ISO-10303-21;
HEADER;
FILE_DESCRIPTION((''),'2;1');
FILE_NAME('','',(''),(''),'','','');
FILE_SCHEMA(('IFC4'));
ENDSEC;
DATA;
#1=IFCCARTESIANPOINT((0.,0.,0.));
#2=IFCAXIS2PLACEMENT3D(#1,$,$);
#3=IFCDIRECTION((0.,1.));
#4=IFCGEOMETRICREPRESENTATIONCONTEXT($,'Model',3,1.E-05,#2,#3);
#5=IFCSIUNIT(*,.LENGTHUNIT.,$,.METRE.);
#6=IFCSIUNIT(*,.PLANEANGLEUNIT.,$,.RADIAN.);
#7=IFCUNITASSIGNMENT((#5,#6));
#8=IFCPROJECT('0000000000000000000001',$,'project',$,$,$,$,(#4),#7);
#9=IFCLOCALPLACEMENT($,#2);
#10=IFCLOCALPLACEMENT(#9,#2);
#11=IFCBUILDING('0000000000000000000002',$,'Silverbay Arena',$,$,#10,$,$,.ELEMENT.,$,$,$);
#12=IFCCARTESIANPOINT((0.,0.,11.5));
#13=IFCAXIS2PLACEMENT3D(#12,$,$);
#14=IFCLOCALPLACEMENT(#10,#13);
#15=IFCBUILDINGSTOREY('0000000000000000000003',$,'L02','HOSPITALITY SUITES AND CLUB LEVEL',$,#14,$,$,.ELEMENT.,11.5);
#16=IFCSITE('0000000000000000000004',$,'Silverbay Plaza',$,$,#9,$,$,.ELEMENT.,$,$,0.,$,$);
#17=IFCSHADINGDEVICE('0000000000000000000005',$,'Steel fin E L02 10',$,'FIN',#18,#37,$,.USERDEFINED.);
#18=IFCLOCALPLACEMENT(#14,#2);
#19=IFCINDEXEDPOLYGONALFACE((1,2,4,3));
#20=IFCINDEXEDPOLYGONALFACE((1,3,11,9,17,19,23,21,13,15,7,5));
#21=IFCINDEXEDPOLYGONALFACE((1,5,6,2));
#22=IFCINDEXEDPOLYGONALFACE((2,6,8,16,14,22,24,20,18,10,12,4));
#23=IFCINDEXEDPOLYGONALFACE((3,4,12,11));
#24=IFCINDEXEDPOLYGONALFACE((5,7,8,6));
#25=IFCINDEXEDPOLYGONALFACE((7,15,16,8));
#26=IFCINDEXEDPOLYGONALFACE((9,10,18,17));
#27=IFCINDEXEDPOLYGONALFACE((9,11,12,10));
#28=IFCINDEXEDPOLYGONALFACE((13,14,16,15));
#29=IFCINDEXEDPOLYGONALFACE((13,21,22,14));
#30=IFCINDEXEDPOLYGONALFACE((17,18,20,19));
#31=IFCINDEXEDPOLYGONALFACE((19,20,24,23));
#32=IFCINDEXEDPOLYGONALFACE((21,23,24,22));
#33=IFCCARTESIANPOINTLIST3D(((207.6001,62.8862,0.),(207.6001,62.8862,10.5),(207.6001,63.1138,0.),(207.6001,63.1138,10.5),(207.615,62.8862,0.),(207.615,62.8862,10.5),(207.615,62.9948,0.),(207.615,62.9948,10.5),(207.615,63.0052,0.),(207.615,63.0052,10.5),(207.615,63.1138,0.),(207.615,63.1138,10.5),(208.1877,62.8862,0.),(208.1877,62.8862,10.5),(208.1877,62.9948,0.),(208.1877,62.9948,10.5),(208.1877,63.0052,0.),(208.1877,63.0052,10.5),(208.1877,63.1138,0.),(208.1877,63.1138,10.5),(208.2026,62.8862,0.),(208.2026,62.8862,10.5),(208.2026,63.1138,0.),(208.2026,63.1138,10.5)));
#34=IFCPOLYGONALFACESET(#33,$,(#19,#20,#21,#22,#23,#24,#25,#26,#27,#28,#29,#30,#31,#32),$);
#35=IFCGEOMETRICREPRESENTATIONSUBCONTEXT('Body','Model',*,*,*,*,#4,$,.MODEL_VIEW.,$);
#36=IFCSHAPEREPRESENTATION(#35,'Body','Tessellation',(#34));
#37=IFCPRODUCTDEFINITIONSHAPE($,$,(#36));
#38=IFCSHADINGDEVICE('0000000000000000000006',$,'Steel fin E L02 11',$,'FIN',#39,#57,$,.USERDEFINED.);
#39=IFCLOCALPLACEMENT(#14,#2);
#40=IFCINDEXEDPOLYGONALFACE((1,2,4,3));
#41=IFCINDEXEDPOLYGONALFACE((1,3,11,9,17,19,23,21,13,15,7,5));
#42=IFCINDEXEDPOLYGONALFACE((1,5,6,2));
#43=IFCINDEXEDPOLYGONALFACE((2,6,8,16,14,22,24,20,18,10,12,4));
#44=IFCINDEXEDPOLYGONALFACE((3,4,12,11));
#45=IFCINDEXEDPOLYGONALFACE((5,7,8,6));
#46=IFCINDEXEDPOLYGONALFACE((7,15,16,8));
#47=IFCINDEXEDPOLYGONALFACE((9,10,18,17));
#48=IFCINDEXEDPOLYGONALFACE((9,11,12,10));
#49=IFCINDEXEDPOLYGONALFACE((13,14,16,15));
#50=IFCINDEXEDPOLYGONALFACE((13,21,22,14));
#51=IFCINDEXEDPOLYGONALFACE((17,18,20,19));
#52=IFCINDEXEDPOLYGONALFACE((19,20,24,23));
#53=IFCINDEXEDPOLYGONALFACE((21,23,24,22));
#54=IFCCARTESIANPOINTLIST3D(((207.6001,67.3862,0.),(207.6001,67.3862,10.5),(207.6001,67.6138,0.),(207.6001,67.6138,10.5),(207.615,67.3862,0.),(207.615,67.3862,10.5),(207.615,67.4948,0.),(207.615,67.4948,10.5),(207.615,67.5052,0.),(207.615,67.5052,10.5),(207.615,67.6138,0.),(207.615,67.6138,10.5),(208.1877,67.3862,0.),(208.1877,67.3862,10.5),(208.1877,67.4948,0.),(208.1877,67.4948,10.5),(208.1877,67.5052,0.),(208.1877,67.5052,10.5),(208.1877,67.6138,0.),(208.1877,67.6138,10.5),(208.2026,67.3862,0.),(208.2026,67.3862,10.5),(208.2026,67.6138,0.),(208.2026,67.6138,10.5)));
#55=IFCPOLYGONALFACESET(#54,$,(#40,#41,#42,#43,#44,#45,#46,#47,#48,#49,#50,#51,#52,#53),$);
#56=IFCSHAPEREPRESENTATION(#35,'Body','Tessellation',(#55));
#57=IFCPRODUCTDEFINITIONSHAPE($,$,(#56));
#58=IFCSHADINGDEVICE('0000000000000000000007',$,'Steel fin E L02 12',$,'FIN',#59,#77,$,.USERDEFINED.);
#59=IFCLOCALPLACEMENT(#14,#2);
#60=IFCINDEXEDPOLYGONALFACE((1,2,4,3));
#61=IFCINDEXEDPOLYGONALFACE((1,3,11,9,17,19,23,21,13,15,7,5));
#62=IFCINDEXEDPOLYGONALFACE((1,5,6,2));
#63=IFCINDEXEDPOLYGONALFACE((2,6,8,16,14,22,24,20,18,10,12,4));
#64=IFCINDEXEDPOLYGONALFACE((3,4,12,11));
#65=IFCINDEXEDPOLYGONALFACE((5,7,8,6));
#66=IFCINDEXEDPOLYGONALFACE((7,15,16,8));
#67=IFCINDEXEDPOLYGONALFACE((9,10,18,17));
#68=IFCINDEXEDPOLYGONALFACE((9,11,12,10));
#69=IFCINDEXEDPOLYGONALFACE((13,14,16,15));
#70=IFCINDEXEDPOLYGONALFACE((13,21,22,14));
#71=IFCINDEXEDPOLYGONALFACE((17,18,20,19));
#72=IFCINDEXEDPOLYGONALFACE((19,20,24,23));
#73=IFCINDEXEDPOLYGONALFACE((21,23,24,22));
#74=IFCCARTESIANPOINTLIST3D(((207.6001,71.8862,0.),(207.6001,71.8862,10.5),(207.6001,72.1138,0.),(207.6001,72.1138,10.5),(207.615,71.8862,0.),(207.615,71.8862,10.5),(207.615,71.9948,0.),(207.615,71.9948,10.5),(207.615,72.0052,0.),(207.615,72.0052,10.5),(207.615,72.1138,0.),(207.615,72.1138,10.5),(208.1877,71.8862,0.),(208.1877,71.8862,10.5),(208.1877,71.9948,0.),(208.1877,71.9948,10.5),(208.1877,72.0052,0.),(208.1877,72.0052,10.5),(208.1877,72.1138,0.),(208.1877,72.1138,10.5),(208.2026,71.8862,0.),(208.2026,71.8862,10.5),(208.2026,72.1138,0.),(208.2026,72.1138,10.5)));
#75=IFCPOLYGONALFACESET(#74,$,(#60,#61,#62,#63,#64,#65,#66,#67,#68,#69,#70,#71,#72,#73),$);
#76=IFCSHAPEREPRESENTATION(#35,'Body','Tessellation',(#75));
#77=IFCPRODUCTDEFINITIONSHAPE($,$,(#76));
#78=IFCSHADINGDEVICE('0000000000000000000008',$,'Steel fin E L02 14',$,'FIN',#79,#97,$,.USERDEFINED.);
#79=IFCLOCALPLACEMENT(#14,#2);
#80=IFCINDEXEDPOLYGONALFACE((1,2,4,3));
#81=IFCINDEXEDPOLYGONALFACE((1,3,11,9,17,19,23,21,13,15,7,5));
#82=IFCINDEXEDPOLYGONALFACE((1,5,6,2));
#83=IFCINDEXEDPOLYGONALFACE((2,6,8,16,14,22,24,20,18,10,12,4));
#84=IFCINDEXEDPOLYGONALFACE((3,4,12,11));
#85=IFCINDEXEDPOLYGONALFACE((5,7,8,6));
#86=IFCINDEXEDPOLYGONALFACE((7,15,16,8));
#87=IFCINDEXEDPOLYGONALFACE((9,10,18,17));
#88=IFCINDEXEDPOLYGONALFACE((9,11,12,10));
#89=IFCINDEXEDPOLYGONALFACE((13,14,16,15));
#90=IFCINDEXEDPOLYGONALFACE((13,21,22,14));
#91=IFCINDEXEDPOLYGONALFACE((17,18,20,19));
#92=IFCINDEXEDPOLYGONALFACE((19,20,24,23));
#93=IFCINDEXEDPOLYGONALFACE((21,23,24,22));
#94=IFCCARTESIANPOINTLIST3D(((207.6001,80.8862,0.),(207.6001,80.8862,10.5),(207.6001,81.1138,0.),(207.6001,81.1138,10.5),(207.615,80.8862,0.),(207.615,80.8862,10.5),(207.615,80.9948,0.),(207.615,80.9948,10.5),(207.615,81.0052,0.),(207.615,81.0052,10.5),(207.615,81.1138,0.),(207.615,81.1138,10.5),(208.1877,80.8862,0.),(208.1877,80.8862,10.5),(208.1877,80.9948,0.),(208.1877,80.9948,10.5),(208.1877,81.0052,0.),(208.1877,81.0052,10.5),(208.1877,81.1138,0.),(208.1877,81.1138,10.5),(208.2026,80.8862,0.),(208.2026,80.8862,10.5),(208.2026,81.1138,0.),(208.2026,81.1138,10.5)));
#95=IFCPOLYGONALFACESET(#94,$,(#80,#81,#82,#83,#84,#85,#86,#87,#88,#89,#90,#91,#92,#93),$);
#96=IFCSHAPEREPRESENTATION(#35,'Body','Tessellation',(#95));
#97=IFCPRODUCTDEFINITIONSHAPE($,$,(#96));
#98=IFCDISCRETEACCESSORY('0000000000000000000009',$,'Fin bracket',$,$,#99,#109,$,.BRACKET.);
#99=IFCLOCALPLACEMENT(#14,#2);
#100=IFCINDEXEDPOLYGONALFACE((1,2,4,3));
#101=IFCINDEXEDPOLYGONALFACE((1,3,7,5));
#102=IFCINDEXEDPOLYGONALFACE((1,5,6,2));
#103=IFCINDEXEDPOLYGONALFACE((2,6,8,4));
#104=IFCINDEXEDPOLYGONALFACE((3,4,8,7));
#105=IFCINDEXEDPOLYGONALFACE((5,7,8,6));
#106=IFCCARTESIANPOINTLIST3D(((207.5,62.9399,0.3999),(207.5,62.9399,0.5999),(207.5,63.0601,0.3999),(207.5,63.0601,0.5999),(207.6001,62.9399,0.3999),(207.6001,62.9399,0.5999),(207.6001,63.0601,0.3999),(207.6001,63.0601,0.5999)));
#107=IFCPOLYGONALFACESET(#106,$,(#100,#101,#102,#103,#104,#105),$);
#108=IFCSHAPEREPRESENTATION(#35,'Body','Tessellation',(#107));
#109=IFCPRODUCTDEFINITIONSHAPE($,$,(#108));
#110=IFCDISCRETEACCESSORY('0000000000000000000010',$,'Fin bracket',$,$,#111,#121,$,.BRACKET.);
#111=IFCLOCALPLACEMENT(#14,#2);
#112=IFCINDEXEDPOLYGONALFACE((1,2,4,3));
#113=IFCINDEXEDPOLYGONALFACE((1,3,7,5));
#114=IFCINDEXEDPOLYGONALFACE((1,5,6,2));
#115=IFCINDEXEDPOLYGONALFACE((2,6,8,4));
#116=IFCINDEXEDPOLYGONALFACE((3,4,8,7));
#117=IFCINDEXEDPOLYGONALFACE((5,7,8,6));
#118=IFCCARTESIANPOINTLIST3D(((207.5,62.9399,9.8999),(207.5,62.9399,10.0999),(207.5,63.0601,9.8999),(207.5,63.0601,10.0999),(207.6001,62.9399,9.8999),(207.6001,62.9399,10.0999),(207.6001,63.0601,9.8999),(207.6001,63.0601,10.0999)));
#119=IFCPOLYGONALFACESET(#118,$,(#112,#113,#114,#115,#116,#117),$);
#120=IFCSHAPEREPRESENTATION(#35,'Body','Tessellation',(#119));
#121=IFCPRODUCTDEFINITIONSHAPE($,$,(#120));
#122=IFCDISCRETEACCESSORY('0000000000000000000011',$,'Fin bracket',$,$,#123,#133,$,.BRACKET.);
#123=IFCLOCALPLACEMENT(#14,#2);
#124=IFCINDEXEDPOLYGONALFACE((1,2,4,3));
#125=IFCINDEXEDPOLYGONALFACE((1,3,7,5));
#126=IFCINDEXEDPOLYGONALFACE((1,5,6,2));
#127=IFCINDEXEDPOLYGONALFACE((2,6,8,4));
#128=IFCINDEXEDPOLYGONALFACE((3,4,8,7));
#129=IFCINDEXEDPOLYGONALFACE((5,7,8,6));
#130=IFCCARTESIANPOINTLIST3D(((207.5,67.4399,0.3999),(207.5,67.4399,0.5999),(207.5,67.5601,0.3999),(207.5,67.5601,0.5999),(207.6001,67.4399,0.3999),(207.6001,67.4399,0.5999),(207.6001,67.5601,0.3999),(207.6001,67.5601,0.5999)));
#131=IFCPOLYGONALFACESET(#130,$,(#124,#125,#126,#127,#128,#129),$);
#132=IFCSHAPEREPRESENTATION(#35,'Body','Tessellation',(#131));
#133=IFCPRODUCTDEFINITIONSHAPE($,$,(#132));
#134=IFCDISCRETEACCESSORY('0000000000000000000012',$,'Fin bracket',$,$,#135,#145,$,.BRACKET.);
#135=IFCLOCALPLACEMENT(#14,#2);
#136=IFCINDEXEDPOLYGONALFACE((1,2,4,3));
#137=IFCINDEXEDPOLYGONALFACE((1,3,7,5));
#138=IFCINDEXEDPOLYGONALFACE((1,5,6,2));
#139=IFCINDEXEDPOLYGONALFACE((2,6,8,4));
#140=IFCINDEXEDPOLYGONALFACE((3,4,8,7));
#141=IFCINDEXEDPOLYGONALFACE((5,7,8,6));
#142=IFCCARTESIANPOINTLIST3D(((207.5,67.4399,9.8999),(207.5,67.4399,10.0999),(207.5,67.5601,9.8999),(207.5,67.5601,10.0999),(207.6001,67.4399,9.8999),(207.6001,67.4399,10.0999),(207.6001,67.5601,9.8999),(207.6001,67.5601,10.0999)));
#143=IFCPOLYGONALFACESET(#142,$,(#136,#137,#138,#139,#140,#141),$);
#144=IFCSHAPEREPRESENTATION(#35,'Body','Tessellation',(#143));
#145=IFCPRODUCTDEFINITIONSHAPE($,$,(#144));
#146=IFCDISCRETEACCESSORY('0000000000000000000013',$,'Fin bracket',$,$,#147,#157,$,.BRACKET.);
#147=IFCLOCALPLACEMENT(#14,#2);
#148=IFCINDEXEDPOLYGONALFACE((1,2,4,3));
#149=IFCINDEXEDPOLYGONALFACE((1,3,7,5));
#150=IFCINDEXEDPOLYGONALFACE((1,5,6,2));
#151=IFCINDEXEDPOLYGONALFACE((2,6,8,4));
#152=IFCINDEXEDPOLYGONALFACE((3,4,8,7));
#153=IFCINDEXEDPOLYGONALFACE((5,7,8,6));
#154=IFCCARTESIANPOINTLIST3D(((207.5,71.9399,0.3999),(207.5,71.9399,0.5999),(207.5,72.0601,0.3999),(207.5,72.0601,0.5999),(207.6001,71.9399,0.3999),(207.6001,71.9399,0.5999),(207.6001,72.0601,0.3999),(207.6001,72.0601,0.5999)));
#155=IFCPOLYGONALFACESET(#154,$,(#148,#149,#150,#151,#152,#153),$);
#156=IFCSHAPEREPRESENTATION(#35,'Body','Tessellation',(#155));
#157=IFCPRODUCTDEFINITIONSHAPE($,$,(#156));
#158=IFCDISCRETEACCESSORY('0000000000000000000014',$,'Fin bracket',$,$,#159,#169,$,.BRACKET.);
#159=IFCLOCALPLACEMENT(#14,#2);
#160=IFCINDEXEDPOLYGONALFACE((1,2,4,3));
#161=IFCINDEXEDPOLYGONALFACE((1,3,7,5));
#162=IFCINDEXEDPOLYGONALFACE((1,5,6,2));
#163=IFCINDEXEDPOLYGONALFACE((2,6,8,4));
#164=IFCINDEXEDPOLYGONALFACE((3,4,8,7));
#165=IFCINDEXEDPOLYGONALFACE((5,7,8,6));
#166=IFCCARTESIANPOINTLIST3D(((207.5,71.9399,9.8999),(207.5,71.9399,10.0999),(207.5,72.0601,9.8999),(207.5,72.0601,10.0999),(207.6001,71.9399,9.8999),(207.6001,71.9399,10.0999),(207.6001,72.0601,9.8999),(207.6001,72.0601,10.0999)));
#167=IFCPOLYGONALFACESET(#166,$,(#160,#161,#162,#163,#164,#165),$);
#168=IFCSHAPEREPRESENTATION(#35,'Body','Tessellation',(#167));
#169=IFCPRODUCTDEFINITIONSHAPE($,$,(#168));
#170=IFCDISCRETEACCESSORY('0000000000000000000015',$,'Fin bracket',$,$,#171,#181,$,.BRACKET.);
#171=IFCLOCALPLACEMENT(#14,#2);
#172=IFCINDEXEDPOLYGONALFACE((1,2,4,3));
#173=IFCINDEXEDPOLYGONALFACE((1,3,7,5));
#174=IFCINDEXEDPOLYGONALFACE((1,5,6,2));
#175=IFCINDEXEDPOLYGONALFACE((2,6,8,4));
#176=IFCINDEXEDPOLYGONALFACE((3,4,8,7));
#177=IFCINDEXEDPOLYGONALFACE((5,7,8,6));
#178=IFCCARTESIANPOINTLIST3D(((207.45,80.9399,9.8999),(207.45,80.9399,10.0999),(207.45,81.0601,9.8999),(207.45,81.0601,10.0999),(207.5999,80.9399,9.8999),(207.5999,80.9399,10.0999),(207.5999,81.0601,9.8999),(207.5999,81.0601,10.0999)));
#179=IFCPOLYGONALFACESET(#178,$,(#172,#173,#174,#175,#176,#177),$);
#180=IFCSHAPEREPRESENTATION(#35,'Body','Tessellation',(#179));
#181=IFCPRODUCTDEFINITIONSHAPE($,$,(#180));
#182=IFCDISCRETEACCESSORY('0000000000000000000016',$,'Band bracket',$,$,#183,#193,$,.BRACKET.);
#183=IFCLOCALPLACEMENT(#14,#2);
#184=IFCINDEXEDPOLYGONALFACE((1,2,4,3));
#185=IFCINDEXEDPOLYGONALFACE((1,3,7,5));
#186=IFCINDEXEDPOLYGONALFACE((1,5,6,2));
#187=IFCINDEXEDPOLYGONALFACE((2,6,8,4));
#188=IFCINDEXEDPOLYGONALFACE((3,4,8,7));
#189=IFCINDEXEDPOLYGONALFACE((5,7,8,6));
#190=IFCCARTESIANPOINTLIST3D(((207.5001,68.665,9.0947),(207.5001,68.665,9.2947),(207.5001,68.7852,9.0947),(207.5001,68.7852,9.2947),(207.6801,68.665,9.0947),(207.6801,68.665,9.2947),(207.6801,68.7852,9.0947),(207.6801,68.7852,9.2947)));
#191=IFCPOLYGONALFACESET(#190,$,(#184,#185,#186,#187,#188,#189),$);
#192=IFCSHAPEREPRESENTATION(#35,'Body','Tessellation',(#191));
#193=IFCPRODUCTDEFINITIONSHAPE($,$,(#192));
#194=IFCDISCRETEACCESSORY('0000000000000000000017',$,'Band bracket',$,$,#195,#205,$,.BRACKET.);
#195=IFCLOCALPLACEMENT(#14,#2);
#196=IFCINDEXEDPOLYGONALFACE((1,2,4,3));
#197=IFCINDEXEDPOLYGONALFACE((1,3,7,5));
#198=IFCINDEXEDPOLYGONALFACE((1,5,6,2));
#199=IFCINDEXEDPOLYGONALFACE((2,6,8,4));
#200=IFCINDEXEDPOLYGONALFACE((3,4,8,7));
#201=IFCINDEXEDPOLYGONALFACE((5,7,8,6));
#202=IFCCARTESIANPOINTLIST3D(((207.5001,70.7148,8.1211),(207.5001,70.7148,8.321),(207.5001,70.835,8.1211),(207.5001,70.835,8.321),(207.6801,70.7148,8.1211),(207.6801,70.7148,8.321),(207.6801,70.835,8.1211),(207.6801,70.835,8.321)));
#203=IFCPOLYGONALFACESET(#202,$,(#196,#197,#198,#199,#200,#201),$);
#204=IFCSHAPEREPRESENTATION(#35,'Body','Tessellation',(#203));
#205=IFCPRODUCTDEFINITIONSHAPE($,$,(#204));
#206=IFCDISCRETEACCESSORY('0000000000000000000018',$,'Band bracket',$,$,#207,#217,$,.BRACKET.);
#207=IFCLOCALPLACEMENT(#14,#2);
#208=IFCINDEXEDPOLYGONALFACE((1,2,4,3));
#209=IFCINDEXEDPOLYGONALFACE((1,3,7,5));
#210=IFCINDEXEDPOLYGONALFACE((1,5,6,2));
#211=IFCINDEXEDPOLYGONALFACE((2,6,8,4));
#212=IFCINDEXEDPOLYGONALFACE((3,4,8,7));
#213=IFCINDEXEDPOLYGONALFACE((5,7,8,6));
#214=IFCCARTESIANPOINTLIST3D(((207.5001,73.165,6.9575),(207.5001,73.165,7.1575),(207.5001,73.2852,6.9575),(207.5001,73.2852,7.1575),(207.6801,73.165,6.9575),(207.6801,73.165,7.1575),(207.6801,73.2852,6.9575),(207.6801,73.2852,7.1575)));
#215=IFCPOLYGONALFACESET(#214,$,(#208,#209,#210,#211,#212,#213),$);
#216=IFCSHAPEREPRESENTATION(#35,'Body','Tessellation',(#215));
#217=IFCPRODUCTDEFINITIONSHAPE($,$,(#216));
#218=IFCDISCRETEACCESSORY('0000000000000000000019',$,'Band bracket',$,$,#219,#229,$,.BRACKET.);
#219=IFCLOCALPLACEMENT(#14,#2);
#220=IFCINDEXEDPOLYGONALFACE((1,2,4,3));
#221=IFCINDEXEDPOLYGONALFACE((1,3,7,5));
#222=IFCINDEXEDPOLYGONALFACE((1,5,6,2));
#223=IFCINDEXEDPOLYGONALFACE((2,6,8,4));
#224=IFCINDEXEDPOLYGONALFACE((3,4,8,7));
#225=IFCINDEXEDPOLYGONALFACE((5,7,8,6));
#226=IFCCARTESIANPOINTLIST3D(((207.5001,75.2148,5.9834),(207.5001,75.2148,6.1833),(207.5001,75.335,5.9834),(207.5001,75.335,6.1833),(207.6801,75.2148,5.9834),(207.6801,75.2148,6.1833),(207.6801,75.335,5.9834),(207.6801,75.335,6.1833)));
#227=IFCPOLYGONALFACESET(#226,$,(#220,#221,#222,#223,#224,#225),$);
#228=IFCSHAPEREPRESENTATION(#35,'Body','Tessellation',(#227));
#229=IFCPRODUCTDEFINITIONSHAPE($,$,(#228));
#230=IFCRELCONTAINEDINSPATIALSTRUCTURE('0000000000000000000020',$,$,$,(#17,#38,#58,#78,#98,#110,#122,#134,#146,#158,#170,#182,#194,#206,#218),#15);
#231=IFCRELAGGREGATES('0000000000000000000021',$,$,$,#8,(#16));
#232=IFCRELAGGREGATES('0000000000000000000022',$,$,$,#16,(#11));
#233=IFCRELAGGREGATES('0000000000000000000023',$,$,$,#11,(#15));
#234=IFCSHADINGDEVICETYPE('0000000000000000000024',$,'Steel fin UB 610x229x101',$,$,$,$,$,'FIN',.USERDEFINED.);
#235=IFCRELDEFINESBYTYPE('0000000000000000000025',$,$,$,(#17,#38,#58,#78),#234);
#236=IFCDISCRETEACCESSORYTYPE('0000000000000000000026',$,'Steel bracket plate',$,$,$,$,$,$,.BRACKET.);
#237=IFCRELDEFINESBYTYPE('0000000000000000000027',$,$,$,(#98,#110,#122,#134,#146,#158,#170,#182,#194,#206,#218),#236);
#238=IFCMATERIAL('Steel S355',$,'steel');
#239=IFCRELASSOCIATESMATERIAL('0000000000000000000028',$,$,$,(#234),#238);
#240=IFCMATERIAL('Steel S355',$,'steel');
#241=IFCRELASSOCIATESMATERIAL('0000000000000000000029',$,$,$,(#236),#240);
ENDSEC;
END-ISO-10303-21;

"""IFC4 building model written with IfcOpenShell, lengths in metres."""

from ifc_helpers import new_model, si_unit, direction, frame, origin, origin_2d, place, context, subcontext, project, spatial, rectangle, i_section, extrude, material, material_profile, profile_set, type_object, element, save


model = new_model("IFC4")

# Units and contexts
model_context = context("Model", 3, precision=1e-05, world=origin(), true_north=direction((0.0, 1.0)))
body_context = subcontext(model_context, "Body", "Model", "MODEL_VIEW")
ifc_project = project(units=[si_unit("LENGTHUNIT", "METRE"), si_unit("PLANEANGLEUNIT", "RADIAN")], contexts=[model_context])

# Site, building, storey
site_placement = place(None, origin())
site = spatial("IfcSite", under=ifc_project, at=site_placement, Name="Silverbay Plaza", CompositionType="ELEMENT", RefElevation=0.0)
building_placement = place(site_placement, origin())
building = spatial("IfcBuilding", under=site, at=building_placement, Name="Silverbay Arena", CompositionType="ELEMENT")
storey_placement = place(building_placement, frame((0.0, 0.0, 11.5)))
storey = spatial("IfcBuildingStorey", under=building, at=storey_placement, Name="L02", Description="HOSPITALITY SUITES AND CLUB LEVEL", CompositionType="ELEMENT", Elevation=11.5)

# Shading devices
ifc_material_1 = material(Name="Steel S355", Category="steel")
ifc_material_profile_1 = material_profile(ifc_material_1, i_section(OverallWidth=0.2275, OverallDepth=0.6025, WebThickness=0.0105, FlangeThickness=0.0149, at=origin_2d()), Name="UB 610x229x101")
ifc_profile_set_1 = profile_set([ifc_material_profile_1], Name="Steel S355")
shading_device_type = type_object("IfcShadingDeviceType", Name="Steel fin UB 610x229x101", ElementType="FIN", PredefinedType="USERDEFINED", material=ifc_profile_set_1)
for number, where, z_axis, x_axis, name in (
    (1, (207.9014, 63.0, 0.0), (0.0, 0.0, 1.0), (0.0, 1.0, 0.0), "Steel fin E L02 10"),
    (2, (207.9014, 67.5, 0.0), (0.0, 0.0, 1.0), (0.0, 1.0, 0.0), "Steel fin E L02 11"),
    (3, (207.9014, 72.0, 0.0), (0.0, 0.0, 1.0), (0.0, 1.0, 0.0), "Steel fin E L02 12"),
    (4, (207.9014, 81.0, 0.0), (0.0, 0.0, 1.0), (0.0, 1.0, 0.0), "Steel fin E L02 14"),
):
    element("IfcShadingDevice", number, at=place(storey_placement, frame(where, z_axis=z_axis, x_axis=x_axis)), inside=storey, type_object=shading_device_type, Name=name, ObjectType="FIN", PredefinedType="USERDEFINED", context=body_context, shape_type="SweptSolid", body=[
        extrude(i_section(OverallWidth=0.2275, OverallDepth=0.6025, WebThickness=0.0105, FlangeThickness=0.0149, at=origin_2d()), origin(), (0.0, 0.0, 1.0), 10.5),
    ])

# Discrete accessories
ifc_material_2 = material(Name="Steel S355", Category="steel")
discrete_accessory_type = type_object("IfcDiscreteAccessoryType", Name="Steel bracket plate", PredefinedType="BRACKET", material=ifc_material_2)
for number, where, z_axis, x_axis, name in (
    (5, (207.55, 63.0, 0.3999), (0.0, 0.0, 1.0), (1.0, 0.0, 0.0), "Fin bracket"),
    (6, (207.55, 63.0, 9.8999), (0.0, 0.0, 1.0), (1.0, 0.0, 0.0), "Fin bracket"),
    (7, (207.55, 67.5, 0.3999), (0.0, 0.0, 1.0), (1.0, 0.0, 0.0), "Fin bracket"),
    (8, (207.55, 67.5, 9.8999), (0.0, 0.0, 1.0), (1.0, 0.0, 0.0), "Fin bracket"),
    (9, (207.55, 72.0, 0.3999), (0.0, 0.0, 1.0), (1.0, 0.0, 0.0), "Fin bracket"),
    (10, (207.55, 72.0, 9.8999), (0.0, 0.0, 1.0), (1.0, 0.0, 0.0), "Fin bracket"),
):
    element("IfcDiscreteAccessory", number, at=place(storey_placement, frame(where, z_axis=z_axis, x_axis=x_axis)), inside=storey, type_object=discrete_accessory_type, Name=name, PredefinedType="BRACKET", context=body_context, shape_type="SweptSolid", body=[
        extrude(rectangle(XDim=0.1001, YDim=0.1201, at=origin_2d()), origin(), (0.0, 0.0, 1.0), 0.2),
    ])
discrete_accessory_placement = place(storey_placement, frame((207.5249, 81.0, 9.8999), z_axis=(0.0, 0.0, 1.0), x_axis=(1.0, 0.0, 0.0)))
element("IfcDiscreteAccessory", 11, at=discrete_accessory_placement, inside=storey, type_object=discrete_accessory_type, Name="Fin bracket", PredefinedType="BRACKET", context=body_context, shape_type="SweptSolid", body=[
    extrude(rectangle(XDim=0.1499, YDim=0.1201, at=origin_2d()), origin(), (0.0, 0.0, 1.0), 0.2),
])
for number, where, z_axis, x_axis, name in (
    (12, (207.5901, 68.7251, 9.0947), (0.0, 0.0, 1.0), (1.0, 0.0, 0.0), "Band bracket"),
    (13, (207.5901, 70.7749, 8.1211), (0.0, 0.0, 1.0), (1.0, 0.0, 0.0), "Band bracket"),
    (14, (207.5901, 73.2251, 6.9575), (0.0, 0.0, 1.0), (1.0, 0.0, 0.0), "Band bracket"),
    (15, (207.5901, 75.2749, 5.9834), (0.0, 0.0, 1.0), (1.0, 0.0, 0.0), "Band bracket"),
):
    element("IfcDiscreteAccessory", number, at=place(storey_placement, frame(where, z_axis=z_axis, x_axis=x_axis)), inside=storey, type_object=discrete_accessory_type, Name=name, PredefinedType="BRACKET", context=body_context, shape_type="SweptSolid", body=[
        extrude(rectangle(XDim=0.1799, YDim=0.1201, at=origin_2d()), origin(), (0.0, 0.0, 1.0), 0.2),
    ])

save(model, "model.ifc")
